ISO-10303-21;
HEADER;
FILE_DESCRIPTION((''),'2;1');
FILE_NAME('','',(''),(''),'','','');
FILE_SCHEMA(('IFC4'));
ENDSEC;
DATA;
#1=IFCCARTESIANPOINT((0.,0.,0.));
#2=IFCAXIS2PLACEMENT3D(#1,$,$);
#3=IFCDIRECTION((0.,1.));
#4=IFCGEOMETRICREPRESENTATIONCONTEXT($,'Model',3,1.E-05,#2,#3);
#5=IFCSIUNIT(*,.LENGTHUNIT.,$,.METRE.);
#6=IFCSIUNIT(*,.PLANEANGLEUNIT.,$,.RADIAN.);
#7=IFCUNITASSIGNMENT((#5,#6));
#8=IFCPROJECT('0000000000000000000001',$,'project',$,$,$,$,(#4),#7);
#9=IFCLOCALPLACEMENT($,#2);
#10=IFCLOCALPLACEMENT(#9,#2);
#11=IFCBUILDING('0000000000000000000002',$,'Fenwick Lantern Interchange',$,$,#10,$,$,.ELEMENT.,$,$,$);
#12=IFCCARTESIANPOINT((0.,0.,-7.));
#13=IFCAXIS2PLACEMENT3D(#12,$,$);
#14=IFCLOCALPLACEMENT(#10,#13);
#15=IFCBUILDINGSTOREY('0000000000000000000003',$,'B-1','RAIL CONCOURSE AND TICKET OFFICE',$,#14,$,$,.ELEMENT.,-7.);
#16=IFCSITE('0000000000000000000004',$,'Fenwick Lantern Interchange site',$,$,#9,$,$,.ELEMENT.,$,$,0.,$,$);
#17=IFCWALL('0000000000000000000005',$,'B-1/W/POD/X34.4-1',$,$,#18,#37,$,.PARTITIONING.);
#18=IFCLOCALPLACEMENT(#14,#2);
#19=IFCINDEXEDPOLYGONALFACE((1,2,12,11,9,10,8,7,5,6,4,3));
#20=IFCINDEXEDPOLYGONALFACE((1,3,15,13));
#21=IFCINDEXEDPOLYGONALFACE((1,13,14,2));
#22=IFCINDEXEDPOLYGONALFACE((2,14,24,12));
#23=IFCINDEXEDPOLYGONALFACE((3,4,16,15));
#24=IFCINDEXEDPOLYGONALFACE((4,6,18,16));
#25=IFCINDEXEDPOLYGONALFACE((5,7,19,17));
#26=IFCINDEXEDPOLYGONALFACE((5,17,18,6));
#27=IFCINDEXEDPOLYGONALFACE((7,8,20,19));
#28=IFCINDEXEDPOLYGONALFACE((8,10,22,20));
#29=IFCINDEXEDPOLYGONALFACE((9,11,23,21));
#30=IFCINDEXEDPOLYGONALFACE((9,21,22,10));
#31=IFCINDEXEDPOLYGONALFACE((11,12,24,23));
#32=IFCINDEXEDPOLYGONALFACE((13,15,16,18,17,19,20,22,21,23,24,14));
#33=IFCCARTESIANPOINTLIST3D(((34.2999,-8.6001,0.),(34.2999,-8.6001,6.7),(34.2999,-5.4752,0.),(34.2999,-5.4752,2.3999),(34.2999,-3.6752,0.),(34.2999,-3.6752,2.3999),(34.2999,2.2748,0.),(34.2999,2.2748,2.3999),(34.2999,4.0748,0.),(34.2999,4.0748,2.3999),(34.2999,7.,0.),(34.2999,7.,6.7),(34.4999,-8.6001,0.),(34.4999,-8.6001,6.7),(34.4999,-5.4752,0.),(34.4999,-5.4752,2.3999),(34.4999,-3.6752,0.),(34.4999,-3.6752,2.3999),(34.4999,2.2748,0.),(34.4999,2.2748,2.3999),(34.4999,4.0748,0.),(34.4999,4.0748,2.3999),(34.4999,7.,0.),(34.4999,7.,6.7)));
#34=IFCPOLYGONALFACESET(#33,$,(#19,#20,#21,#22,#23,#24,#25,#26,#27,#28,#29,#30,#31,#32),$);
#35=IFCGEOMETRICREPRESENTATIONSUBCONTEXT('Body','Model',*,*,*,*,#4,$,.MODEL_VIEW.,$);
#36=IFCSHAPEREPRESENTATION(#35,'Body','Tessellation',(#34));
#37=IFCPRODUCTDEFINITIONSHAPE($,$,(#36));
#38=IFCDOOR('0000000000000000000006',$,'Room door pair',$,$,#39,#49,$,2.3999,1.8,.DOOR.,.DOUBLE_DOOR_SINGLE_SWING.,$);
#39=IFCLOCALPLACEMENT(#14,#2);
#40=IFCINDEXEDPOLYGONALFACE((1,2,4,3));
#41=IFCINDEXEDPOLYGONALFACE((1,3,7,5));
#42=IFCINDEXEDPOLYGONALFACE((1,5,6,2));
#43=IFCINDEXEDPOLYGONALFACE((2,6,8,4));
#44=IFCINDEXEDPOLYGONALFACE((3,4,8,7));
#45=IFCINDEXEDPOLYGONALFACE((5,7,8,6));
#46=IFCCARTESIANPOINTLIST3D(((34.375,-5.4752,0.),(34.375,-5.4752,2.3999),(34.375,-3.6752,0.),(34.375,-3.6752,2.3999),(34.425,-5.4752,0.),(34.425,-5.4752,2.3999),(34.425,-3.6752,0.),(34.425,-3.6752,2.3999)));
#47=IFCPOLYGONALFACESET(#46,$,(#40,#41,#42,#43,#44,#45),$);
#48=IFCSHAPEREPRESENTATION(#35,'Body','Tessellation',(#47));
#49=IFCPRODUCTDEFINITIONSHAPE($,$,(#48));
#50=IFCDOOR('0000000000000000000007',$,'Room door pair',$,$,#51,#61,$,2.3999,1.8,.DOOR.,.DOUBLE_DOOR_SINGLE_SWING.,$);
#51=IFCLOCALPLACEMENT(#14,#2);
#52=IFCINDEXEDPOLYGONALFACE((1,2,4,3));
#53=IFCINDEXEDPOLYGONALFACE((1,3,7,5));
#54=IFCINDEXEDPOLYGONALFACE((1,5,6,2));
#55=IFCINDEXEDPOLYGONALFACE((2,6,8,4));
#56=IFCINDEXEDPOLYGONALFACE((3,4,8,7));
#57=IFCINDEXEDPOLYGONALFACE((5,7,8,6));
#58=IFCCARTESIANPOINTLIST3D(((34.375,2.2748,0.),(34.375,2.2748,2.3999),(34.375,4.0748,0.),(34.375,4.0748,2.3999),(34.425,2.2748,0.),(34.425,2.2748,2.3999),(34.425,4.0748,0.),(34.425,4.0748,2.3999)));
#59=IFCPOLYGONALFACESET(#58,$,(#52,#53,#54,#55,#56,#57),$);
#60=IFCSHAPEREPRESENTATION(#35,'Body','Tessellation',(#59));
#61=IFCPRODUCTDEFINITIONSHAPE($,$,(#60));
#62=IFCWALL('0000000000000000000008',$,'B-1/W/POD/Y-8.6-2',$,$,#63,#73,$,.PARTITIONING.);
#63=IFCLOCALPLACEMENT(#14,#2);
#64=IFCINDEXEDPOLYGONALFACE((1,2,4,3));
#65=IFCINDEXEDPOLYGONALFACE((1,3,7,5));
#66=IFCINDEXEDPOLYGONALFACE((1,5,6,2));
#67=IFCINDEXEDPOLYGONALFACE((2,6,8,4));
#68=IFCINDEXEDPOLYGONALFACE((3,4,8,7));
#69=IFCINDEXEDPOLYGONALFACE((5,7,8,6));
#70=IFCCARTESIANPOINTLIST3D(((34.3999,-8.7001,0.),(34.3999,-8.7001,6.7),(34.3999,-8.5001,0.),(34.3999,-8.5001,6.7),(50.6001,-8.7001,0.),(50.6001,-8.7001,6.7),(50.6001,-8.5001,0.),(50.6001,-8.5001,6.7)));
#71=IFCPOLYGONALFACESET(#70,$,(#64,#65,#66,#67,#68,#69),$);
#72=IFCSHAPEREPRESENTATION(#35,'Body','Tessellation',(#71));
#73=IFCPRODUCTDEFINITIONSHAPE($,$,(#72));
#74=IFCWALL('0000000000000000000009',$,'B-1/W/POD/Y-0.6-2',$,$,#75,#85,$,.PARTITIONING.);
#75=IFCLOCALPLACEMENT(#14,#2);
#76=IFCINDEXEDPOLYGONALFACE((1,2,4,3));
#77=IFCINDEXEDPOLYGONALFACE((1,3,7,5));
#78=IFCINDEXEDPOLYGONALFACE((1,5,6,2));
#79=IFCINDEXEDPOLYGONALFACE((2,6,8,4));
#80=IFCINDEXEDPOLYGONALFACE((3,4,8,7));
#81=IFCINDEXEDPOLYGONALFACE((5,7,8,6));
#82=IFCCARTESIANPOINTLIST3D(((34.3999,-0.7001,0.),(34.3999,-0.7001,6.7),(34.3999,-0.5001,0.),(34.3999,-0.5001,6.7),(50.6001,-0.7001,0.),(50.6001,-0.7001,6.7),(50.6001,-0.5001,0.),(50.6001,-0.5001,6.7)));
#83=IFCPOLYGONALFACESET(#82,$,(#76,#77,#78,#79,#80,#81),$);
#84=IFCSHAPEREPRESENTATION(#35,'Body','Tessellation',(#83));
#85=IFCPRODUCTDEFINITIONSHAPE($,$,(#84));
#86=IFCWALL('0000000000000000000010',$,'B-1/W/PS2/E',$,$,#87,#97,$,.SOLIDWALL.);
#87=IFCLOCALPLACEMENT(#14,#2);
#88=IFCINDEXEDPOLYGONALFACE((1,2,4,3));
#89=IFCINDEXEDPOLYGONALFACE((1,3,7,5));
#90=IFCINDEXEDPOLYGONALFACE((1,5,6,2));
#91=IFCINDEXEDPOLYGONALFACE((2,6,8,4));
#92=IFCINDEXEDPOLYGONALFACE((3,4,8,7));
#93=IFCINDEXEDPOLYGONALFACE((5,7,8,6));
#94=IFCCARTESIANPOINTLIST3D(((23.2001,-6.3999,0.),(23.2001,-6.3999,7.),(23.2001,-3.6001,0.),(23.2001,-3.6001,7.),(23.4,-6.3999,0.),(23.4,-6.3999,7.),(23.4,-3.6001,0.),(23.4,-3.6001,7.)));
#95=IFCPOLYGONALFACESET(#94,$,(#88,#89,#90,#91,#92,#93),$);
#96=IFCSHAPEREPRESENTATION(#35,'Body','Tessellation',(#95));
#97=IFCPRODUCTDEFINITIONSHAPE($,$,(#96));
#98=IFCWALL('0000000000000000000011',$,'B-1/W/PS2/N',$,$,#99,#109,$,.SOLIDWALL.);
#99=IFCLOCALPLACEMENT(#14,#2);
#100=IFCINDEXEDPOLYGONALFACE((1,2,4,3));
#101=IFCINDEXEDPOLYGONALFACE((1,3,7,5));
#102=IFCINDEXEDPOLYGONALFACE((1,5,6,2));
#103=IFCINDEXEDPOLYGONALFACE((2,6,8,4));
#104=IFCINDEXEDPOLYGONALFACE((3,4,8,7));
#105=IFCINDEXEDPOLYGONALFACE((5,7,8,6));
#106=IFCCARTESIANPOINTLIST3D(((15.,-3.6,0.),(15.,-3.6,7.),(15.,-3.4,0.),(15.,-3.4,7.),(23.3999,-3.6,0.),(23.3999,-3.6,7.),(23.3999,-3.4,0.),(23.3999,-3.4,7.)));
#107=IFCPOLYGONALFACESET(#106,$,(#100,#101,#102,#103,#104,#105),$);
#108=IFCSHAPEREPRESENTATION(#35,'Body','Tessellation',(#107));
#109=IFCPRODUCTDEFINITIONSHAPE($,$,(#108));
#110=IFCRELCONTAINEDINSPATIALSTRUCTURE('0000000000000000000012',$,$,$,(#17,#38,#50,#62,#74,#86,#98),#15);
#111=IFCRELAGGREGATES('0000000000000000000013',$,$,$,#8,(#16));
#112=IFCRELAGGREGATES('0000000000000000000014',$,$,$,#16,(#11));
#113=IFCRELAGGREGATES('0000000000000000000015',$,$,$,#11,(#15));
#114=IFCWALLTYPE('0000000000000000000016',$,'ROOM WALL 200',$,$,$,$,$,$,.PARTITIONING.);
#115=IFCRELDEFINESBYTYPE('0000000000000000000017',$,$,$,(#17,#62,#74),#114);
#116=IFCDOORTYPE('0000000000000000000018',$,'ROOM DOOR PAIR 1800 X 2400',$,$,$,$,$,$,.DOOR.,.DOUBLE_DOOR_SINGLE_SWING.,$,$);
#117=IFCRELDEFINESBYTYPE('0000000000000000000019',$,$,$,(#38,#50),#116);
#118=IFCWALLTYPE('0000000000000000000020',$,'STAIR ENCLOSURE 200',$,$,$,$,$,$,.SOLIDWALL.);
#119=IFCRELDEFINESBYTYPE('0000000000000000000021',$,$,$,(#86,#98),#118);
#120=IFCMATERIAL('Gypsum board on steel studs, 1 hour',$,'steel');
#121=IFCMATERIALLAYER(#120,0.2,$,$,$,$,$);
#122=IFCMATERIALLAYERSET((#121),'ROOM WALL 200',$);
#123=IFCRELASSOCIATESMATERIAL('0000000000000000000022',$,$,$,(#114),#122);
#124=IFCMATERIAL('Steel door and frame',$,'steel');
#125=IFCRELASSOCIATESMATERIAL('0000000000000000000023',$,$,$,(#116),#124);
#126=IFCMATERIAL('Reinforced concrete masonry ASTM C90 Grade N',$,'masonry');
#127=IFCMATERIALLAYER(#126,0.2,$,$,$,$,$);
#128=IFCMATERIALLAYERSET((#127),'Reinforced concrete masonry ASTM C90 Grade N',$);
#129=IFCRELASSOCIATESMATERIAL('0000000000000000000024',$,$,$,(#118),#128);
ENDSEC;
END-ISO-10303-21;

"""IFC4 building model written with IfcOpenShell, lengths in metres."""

from ifc_helpers import new_model, si_unit, direction, frame, frame_2d, origin, place, context, subcontext, project, spatial, rectangle, extrude, material, layer, layer_set, type_object, element, fill, save


model = new_model("IFC4")

# Units and contexts
model_context = context("Model", 3, precision=1e-05, world=origin(), true_north=direction((0.0, 1.0)))
body_context = subcontext(model_context, "Body", "Model", "MODEL_VIEW")
ifc_project = project(units=[si_unit("LENGTHUNIT", "METRE"), si_unit("PLANEANGLEUNIT", "RADIAN")], contexts=[model_context])

# Site, building, storey
site_placement = place(None, origin())
site = spatial("IfcSite", under=ifc_project, at=site_placement, Name="Fenwick Lantern Interchange site", CompositionType="ELEMENT", RefElevation=0.0)
building_placement = place(site_placement, origin())
building = spatial("IfcBuilding", under=site, at=building_placement, Name="Fenwick Lantern Interchange", CompositionType="ELEMENT")
storey_placement = place(building_placement, frame((0.0, 0.0, -7.0)))
storey = spatial("IfcBuildingStorey", under=building, at=storey_placement, Name="B-1", Description="RAIL CONCOURSE AND TICKET OFFICE", CompositionType="ELEMENT", Elevation=-7.0)

# Wall, openings, doors
ifc_material_1 = material(Name="Gypsum board on steel studs, 1 hour", Category="steel")
ifc_layer_1 = layer(ifc_material_1, 0.2)
ifc_layer_set_1 = layer_set([ifc_layer_1], Name="ROOM WALL 200")
wall_type_1 = type_object("IfcWallType", Name="ROOM WALL 200", PredefinedType="PARTITIONING", material=ifc_layer_set_1)
wall_1_placement = place(storey_placement, frame((34.3999, -8.6001, 0.0), z_axis=(0.0, 0.0, 1.0), x_axis=(0.0, 1.0, 0.0)))
wall_1 = element("IfcWall", 1, at=wall_1_placement, inside=storey, type_object=wall_type_1, Name="B-1/W/POD/X34.4-1", PredefinedType="PARTITIONING", context=body_context, shape_type="SweptSolid", body=[
    extrude(rectangle(XDim=15.6001, YDim=0.2, at=frame_2d((7.8, 0.0))), origin(), (0.0, 0.0, 1.0), 6.7),
])
opening_1_placement = place(wall_1_placement, frame((3.125, 0.0, 0.0)))
opening_1 = element("IfcOpeningElement", 2, at=opening_1_placement, cuts=wall_1, PredefinedType="OPENING", context=body_context, shape_type="SweptSolid", body=[
    extrude(rectangle(XDim=1.8, YDim=2.3999, at=frame_2d((0.8999, 1.2))), frame((0.0, 0.1099, 0.0), z_axis=(0.0, -1.0, 0.0), x_axis=(1.0, 0.0, 0.0)), (0.0, 0.0, 1.0), 0.22),
])
opening_2_placement = place(wall_1_placement, frame((10.875, 0.0, 0.0)))
opening_2 = element("IfcOpeningElement", 3, at=opening_2_placement, cuts=wall_1, PredefinedType="OPENING", context=body_context, shape_type="SweptSolid", body=[
    extrude(rectangle(XDim=1.8, YDim=2.3999, at=frame_2d((0.8999, 1.2))), frame((0.0, 0.1099, 0.0), z_axis=(0.0, -1.0, 0.0), x_axis=(1.0, 0.0, 0.0)), (0.0, 0.0, 1.0), 0.22),
])
ifc_material_2 = material(Name="Steel door and frame", Category="steel")
door_type = type_object("IfcDoorType", Name="ROOM DOOR PAIR 1800 X 2400", OperationType="DOUBLE_DOOR_SINGLE_SWING", PredefinedType="DOOR", material=ifc_material_2)
door_1_placement = place(opening_1_placement, origin())
door_1 = element("IfcDoor", 4, at=door_1_placement, inside=storey, type_object=door_type, Name="Room door pair", OperationType="DOUBLE_DOOR_SINGLE_SWING", OverallHeight=2.3999, OverallWidth=1.8, PredefinedType="DOOR", context=body_context, shape_type="SweptSolid", body=[
    extrude(rectangle(XDim=1.8, YDim=2.3999, at=frame_2d((0.8999, 1.2))), frame((0.0, 0.0249, 0.0), z_axis=(0.0, -1.0, 0.0), x_axis=(1.0, 0.0, 0.0)), (0.0, 0.0, 1.0), 0.05),
])
fill(opening_1, door_1)
door_2_placement = place(opening_2_placement, origin())
door_2 = element("IfcDoor", 5, at=door_2_placement, inside=storey, type_object=door_type, Name="Room door pair", OperationType="DOUBLE_DOOR_SINGLE_SWING", OverallHeight=2.3999, OverallWidth=1.8, PredefinedType="DOOR", context=body_context, shape_type="SweptSolid", body=[
    extrude(rectangle(XDim=1.8, YDim=2.3999, at=frame_2d((0.8999, 1.2))), frame((0.0, 0.0249, 0.0), z_axis=(0.0, -1.0, 0.0), x_axis=(1.0, 0.0, 0.0)), (0.0, 0.0, 1.0), 0.05),
])
fill(opening_2, door_2)

# Walls
for number, where, z_axis, x_axis, name in (
    (6, (34.3999, -8.6001, 0.0), (0.0, 0.0, 1.0), (1.0, 0.0, 0.0), "B-1/W/POD/Y-8.6-2"),
    (7, (34.3999, -0.6001, 0.0), (0.0, 0.0, 1.0), (1.0, 0.0, 0.0), "B-1/W/POD/Y-0.6-2"),
):
    element("IfcWall", number, at=place(storey_placement, frame(where, z_axis=z_axis, x_axis=x_axis)), inside=storey, type_object=wall_type_1, Name=name, PredefinedType="PARTITIONING", context=body_context, shape_type="SweptSolid", body=[
        extrude(rectangle(XDim=16.2002, YDim=0.2, at=frame_2d((8.1001, 0.0))), origin(), (0.0, 0.0, 1.0), 6.7),
    ])
ifc_material_3 = material(Name="Reinforced concrete masonry ASTM C90 Grade N", Category="masonry")
ifc_layer_2 = layer(ifc_material_3, 0.2)
ifc_layer_set_2 = layer_set([ifc_layer_2], Name="Reinforced concrete masonry ASTM C90 Grade N")
wall_type_2 = type_object("IfcWallType", Name="STAIR ENCLOSURE 200", PredefinedType="SOLIDWALL", material=ifc_layer_set_2)
wall_2_placement = place(storey_placement, frame((23.3, -6.3999, 0.0), z_axis=(0.0, 0.0, 1.0), x_axis=(0.0, 1.0, 0.0)))
element("IfcWall", 8, at=wall_2_placement, inside=storey, type_object=wall_type_2, Name="B-1/W/PS2/E", PredefinedType="SOLIDWALL", context=body_context, shape_type="SweptSolid", body=[
    extrude(rectangle(XDim=2.7998, YDim=0.2, at=frame_2d((1.3999, 0.0))), origin(), (0.0, 0.0, 1.0), 7.0),
])
wall_3_placement = place(storey_placement, frame((23.3999, -3.5, 0.0), z_axis=(0.0, 0.0, 1.0), x_axis=(-1.0, 0.0, 0.0)))
element("IfcWall", 9, at=wall_3_placement, inside=storey, type_object=wall_type_2, Name="B-1/W/PS2/N", PredefinedType="SOLIDWALL", context=body_context, shape_type="SweptSolid", body=[
    extrude(rectangle(XDim=8.3999, YDim=0.2, at=frame_2d((4.2, 0.0))), origin(), (0.0, 0.0, 1.0), 7.0),
])

save(model, "model.ifc")
